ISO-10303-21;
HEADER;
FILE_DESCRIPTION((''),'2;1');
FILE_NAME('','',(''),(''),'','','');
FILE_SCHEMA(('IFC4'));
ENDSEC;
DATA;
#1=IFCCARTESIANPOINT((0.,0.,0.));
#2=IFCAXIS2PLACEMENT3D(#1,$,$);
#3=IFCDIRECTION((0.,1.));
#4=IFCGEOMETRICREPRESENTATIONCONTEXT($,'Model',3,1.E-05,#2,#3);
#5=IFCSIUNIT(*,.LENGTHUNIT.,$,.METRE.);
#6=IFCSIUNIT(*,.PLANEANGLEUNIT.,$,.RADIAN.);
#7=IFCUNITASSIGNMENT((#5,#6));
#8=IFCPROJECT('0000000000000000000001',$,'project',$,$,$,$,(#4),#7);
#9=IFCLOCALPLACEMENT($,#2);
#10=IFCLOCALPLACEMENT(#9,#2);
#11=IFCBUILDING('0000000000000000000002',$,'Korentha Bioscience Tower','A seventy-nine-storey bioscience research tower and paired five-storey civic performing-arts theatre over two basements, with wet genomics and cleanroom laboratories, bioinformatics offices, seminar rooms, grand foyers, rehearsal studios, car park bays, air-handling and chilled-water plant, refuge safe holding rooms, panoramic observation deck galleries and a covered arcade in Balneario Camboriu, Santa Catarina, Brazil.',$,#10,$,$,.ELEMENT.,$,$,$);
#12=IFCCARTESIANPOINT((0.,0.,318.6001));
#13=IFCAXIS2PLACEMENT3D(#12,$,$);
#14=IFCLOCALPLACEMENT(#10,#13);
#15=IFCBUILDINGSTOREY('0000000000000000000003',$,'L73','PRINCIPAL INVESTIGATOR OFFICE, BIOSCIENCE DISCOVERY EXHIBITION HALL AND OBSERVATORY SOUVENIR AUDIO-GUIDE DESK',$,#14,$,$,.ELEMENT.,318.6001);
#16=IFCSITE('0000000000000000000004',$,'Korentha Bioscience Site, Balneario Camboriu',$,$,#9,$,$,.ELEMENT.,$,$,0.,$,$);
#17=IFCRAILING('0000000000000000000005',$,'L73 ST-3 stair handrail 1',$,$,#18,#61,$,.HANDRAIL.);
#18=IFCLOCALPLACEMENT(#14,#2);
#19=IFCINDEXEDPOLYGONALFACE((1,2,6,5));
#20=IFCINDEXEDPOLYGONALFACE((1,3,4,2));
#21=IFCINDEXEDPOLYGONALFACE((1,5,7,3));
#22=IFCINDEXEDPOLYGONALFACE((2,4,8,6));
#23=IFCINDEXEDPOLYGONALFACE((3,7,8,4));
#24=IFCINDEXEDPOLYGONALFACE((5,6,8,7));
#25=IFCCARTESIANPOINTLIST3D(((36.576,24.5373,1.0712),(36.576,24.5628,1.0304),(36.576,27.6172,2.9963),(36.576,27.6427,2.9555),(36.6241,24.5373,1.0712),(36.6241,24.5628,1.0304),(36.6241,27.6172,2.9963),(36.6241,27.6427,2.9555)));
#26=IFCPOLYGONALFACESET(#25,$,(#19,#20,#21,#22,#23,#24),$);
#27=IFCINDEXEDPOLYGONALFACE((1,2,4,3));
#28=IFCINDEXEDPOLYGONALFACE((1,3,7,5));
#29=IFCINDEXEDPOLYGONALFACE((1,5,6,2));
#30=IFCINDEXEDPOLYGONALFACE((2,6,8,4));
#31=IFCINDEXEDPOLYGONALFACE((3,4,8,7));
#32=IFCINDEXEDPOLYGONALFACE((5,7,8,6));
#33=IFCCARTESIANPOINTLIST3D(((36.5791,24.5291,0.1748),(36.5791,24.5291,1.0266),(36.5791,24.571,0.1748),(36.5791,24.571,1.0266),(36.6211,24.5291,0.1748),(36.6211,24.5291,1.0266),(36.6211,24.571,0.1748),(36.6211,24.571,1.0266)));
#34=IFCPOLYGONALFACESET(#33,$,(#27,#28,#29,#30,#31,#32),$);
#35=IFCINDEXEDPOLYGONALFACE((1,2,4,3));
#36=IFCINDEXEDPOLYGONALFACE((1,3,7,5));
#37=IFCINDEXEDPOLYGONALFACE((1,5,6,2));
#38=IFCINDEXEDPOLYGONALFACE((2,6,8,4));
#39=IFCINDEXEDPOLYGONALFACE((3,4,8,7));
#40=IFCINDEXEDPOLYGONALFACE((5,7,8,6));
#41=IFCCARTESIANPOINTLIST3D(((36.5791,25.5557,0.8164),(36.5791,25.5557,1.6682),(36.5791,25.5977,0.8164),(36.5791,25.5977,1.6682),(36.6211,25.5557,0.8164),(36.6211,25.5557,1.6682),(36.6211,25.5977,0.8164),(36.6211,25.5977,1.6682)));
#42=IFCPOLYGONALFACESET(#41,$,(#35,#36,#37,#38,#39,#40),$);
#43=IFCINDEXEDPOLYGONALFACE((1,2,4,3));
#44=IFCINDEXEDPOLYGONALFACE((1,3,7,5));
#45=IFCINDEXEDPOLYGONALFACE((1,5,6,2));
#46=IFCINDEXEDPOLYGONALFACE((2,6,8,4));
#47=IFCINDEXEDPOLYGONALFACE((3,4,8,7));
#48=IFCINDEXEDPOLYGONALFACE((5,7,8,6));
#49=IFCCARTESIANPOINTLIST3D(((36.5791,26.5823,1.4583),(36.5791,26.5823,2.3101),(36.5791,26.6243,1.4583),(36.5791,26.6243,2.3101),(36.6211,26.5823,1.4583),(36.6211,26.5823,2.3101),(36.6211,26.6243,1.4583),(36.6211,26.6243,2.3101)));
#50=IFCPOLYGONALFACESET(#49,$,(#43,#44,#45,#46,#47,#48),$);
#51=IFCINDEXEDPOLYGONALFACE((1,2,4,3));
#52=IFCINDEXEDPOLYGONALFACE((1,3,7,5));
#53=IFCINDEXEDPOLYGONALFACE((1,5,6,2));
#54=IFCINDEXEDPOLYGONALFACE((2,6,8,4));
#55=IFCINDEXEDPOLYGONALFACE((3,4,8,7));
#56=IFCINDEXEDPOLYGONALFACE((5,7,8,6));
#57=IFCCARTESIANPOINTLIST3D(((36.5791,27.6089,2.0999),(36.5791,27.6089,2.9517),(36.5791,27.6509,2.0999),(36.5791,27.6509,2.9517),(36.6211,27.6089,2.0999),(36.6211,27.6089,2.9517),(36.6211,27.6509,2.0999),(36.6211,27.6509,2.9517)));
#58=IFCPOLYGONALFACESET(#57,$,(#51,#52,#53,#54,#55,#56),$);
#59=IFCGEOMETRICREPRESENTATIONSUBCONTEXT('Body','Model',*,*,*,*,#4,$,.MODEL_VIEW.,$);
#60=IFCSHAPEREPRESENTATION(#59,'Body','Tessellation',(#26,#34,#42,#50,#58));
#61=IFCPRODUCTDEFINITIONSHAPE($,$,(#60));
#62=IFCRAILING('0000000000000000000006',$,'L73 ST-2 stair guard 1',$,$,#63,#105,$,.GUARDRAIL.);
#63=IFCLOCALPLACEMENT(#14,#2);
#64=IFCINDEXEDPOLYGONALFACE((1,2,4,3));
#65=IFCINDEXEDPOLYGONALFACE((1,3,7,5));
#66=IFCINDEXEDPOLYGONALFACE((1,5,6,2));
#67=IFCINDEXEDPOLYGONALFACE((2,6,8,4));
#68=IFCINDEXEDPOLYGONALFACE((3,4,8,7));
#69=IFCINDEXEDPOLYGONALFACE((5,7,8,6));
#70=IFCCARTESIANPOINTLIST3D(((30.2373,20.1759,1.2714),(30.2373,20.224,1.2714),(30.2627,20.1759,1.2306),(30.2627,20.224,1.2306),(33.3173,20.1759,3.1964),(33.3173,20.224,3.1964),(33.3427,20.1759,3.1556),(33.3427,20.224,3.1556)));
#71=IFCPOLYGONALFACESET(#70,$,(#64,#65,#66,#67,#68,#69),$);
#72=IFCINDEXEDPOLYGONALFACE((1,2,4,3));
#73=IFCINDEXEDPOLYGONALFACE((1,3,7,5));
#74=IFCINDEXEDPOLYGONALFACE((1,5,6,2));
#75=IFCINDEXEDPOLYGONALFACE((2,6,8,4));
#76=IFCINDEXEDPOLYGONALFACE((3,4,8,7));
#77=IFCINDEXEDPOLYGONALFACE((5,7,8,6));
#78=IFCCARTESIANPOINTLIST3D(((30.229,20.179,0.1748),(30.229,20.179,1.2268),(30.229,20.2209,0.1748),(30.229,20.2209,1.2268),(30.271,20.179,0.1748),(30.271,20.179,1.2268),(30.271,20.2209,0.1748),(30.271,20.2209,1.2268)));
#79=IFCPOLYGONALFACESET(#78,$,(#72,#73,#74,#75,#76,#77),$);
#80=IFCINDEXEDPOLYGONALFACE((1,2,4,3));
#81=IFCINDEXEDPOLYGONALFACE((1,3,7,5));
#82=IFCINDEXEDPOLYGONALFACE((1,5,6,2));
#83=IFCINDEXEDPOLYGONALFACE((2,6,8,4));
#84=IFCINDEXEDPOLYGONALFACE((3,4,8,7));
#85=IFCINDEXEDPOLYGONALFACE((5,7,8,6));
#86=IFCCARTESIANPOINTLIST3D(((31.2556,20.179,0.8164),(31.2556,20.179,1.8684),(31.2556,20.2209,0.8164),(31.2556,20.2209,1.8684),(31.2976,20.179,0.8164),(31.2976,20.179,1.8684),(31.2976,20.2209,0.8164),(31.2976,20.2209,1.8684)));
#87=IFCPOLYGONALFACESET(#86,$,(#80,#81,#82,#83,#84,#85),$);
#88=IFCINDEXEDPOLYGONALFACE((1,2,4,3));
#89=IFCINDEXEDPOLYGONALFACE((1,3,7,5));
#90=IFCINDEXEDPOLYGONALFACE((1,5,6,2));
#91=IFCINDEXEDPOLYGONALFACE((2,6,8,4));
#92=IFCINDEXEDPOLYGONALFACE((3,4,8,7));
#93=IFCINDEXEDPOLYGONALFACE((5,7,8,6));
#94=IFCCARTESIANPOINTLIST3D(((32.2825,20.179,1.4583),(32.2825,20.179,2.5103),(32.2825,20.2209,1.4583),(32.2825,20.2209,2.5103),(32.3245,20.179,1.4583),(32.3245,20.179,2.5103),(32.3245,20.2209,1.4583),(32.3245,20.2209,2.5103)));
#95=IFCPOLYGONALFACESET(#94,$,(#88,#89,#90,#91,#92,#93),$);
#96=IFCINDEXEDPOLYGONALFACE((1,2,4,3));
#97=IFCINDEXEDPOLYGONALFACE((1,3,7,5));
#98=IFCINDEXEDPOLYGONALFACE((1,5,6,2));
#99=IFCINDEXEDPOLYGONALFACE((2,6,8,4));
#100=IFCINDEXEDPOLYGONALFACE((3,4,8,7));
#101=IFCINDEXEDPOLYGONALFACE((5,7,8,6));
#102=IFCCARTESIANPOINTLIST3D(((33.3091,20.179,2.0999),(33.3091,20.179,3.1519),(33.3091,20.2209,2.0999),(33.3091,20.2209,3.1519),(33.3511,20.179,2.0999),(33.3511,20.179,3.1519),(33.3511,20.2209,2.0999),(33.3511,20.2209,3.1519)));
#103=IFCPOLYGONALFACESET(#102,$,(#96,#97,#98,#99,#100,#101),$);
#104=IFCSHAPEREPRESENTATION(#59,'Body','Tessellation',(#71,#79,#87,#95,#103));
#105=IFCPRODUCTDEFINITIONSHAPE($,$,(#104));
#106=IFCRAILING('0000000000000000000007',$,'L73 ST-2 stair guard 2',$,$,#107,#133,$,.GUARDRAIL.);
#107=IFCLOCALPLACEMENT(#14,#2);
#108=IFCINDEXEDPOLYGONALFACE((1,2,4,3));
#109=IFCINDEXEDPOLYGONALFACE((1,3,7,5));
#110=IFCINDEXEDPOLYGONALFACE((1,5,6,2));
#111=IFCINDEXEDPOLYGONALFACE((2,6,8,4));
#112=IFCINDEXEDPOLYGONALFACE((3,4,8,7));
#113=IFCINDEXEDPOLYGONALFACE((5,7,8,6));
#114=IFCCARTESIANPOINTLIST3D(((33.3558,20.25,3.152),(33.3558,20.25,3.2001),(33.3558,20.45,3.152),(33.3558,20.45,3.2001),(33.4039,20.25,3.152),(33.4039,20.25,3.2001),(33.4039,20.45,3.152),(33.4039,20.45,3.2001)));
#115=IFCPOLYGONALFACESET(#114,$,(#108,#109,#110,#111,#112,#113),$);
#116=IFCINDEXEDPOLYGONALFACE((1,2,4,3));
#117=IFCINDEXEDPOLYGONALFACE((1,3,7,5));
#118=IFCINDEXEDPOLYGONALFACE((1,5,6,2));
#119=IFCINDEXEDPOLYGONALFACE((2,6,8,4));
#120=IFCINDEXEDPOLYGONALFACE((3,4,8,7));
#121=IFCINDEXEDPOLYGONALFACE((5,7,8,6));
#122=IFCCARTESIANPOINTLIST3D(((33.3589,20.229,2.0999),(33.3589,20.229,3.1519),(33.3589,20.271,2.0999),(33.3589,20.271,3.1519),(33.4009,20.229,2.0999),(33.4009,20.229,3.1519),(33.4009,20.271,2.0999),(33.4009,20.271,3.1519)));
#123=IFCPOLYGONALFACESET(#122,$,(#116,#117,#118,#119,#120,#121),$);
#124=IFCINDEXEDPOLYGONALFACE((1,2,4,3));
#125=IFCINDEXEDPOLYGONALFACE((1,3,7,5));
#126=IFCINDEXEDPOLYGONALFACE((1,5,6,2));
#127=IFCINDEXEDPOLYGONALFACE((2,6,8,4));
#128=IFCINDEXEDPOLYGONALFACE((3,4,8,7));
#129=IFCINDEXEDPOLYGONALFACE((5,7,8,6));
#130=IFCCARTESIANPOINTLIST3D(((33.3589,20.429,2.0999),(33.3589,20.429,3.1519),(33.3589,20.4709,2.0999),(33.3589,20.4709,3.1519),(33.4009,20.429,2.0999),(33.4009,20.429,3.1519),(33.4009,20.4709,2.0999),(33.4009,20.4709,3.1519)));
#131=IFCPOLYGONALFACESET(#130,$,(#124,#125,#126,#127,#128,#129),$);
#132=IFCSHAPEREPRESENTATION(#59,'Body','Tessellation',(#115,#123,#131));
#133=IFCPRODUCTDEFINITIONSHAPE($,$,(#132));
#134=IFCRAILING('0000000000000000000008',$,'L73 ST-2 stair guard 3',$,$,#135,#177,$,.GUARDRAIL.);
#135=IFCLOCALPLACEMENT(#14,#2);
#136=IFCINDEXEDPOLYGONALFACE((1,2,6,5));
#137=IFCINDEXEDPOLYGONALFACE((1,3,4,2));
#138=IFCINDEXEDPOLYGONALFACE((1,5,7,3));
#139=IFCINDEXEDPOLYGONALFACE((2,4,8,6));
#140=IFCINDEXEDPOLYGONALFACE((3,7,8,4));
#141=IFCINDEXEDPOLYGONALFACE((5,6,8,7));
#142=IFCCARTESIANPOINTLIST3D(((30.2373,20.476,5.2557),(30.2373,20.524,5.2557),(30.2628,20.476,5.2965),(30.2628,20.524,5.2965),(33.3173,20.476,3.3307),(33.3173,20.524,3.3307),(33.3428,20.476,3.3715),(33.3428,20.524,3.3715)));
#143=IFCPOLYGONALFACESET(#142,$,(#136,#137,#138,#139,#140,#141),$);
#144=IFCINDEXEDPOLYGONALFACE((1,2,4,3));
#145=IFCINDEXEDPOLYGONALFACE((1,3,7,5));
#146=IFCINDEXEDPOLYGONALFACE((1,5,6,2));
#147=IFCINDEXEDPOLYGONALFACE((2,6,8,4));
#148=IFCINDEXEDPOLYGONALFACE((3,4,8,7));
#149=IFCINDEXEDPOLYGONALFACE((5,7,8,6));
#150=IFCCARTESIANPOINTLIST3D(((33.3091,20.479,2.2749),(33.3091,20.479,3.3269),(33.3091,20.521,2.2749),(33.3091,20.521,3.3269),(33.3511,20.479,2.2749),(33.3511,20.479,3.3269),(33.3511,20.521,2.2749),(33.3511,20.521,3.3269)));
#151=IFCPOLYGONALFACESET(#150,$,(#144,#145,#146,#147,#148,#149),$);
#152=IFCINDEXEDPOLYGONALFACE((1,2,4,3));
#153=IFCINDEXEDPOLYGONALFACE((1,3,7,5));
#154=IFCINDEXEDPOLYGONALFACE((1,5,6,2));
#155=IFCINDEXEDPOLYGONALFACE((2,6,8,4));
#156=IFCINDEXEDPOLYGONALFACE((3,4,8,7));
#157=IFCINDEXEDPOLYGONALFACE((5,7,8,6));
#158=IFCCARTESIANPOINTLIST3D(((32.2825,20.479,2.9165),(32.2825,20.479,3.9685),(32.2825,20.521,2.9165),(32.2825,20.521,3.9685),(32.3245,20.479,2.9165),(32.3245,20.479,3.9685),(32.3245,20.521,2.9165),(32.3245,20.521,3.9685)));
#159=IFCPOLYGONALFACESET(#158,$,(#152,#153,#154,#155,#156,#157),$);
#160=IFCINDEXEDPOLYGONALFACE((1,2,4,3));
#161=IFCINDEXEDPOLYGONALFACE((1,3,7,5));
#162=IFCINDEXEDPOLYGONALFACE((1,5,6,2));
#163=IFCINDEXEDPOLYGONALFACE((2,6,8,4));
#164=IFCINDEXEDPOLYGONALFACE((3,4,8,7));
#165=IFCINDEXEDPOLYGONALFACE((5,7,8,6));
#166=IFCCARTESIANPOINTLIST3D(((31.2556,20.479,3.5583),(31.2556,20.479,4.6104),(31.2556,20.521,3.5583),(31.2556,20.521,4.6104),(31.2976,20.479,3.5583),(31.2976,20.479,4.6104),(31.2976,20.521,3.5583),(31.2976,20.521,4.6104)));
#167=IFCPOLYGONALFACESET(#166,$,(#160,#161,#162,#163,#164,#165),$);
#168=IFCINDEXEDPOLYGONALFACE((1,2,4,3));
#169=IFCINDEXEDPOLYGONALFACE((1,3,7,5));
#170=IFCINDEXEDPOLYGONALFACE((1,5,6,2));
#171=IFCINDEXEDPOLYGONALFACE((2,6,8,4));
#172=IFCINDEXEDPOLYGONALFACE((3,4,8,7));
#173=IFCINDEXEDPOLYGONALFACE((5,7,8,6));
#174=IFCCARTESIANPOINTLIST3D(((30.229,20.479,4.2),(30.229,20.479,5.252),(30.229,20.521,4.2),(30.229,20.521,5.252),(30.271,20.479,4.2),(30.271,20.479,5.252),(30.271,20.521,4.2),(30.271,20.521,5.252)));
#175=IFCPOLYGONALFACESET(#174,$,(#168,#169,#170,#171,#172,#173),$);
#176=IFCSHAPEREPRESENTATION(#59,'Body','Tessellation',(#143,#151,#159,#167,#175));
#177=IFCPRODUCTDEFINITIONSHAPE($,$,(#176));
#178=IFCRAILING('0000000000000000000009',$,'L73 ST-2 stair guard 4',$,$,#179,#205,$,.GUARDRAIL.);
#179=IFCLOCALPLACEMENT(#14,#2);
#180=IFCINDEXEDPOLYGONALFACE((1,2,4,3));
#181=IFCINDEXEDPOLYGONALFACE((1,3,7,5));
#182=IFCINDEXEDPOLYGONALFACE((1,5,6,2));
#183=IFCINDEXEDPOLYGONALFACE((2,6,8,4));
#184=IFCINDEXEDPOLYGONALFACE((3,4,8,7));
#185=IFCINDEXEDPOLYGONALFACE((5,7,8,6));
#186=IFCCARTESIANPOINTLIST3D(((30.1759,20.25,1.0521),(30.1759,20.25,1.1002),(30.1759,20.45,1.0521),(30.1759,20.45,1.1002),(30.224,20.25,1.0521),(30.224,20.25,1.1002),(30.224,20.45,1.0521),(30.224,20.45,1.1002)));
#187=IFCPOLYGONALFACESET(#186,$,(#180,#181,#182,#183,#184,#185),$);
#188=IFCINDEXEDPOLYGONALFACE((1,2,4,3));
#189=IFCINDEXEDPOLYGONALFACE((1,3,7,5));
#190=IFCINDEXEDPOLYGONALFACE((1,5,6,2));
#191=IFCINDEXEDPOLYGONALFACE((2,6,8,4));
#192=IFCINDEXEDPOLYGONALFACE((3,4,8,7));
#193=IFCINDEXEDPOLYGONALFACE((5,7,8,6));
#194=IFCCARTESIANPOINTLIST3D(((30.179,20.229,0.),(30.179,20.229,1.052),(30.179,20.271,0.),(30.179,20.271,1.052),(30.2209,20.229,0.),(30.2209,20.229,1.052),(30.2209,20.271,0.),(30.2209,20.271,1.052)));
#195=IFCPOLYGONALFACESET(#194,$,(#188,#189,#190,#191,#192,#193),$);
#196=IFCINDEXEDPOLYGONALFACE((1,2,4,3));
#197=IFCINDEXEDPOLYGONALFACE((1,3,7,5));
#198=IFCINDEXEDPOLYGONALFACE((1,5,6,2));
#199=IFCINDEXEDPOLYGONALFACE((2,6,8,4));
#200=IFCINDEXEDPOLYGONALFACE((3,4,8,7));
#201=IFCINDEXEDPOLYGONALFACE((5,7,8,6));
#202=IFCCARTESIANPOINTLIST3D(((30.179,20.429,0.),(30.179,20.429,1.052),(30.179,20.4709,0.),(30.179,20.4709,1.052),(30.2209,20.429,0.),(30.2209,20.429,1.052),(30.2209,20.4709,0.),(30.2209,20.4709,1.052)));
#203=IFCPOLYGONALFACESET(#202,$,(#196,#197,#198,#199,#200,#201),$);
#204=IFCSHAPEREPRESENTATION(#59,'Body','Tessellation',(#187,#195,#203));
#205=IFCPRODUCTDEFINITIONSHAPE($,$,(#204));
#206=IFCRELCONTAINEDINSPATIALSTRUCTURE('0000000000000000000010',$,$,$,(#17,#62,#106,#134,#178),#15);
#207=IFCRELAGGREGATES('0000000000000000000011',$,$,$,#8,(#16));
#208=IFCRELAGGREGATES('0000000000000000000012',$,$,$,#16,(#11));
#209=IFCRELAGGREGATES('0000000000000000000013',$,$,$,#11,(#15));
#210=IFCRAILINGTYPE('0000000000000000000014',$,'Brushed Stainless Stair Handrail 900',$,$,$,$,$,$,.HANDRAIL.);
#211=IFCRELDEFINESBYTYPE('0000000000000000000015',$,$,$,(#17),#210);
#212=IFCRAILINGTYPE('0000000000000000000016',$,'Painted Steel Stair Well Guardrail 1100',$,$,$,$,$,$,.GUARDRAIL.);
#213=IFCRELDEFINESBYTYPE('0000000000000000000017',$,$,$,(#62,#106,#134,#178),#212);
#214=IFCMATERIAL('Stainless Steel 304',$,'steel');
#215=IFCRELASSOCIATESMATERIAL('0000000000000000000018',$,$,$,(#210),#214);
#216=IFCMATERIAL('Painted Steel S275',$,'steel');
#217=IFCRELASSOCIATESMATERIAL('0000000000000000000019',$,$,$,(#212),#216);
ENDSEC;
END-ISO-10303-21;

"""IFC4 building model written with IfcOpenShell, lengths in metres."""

from ifc_helpers import new_model, si_unit, direction, frame, origin, origin_2d, place, context, subcontext, project, spatial, rectangle, extrude, material, type_object, element, save


model = new_model("IFC4")

# Units and contexts
model_context = context("Model", 3, precision=1e-05, world=origin(), true_north=direction((0.0, 1.0)))
body_context = subcontext(model_context, "Body", "Model", "MODEL_VIEW")
ifc_project = project(units=[si_unit("LENGTHUNIT", "METRE"), si_unit("PLANEANGLEUNIT", "RADIAN")], contexts=[model_context])

# Site, building, storey
site_placement = place(None, origin())
site = spatial("IfcSite", under=ifc_project, at=site_placement, Name="Korentha Bioscience Site, Balneario Camboriu", CompositionType="ELEMENT", RefElevation=0.0)
building_placement = place(site_placement, origin())
building = spatial("IfcBuilding", under=site, at=building_placement, Name="Korentha Bioscience Tower", Description="A seventy-nine-storey bioscience research tower and paired five-storey civic performing-arts theatre over two basements, with wet genomics and cleanroom laboratories, bioinformatics offices, seminar rooms, grand foyers, rehearsal studios, car park bays, air-handling and chilled-water plant, refuge safe holding rooms, panoramic observation deck galleries and a covered arcade in Balneario Camboriu, Santa Catarina, Brazil.", CompositionType="ELEMENT")
storey_placement = place(building_placement, frame((0.0, 0.0, 318.6001)))
storey = spatial("IfcBuildingStorey", under=building, at=storey_placement, Name="L73", Description="PRINCIPAL INVESTIGATOR OFFICE, BIOSCIENCE DISCOVERY EXHIBITION HALL AND OBSERVATORY SOUVENIR AUDIO-GUIDE DESK", CompositionType="ELEMENT", Elevation=318.6001)

# Railings
ifc_material_1 = material(Name="Stainless Steel 304", Category="steel")
railing_type_1 = type_object("IfcRailingType", Name="Brushed Stainless Stair Handrail 900", PredefinedType="HANDRAIL", material=ifc_material_1)
railing_1_placement = place(storey_placement, frame((36.6001, 24.55, 0.1748)))
element("IfcRailing", 1, at=railing_1_placement, inside=storey, type_object=railing_type_1, Name="L73 ST-3 stair handrail 1", PredefinedType="HANDRAIL", context=body_context, shape_type="SweptSolid", body=[
    extrude(rectangle(XDim=0.0481, YDim=0.0481, at=origin_2d()), frame((0.0, 0.0, 0.876), z_axis=(0.0, 0.847979, 0.530029), x_axis=(-1.0, 0.0, 0.0)), (0.0, 0.0, 1.0), 3.6321),
    extrude(rectangle(XDim=0.042, YDim=0.042, at=origin_2d()), origin(), (0.0, 0.0, 1.0), 0.8518),
    extrude(rectangle(XDim=0.042, YDim=0.042, at=origin_2d()), frame((0.0, 1.0266, 0.6416)), (0.0, 0.0, 1.0), 0.8518),
    extrude(rectangle(XDim=0.042, YDim=0.042, at=origin_2d()), frame((0.0, 2.0532, 1.2834)), (0.0, 0.0, 1.0), 0.8518),
    extrude(rectangle(XDim=0.042, YDim=0.042, at=origin_2d()), frame((0.0, 3.0798, 1.925)), (0.0, 0.0, 1.0), 0.8518),
])
ifc_material_2 = material(Name="Painted Steel S275", Category="steel")
railing_type_2 = type_object("IfcRailingType", Name="Painted Steel Stair Well Guardrail 1100", PredefinedType="GUARDRAIL", material=ifc_material_2)
railing_2_placement = place(storey_placement, frame((30.25, 20.2, 0.1748)))
element("IfcRailing", 2, at=railing_2_placement, inside=storey, type_object=railing_type_2, Name="L73 ST-2 stair guard 1", PredefinedType="GUARDRAIL", context=body_context, shape_type="SweptSolid", body=[
    extrude(rectangle(XDim=0.0481, YDim=0.0481, at=origin_2d()), frame((0.0, 0.0, 1.0762), z_axis=(0.847998, 0.0, 0.529999), x_axis=(0.0, 1.0, 0.0)), (0.0, 0.0, 1.0), 3.6321),
    extrude(rectangle(XDim=0.042, YDim=0.042, at=origin_2d()), origin(), (0.0, 0.0, 1.0), 1.052),
    extrude(rectangle(XDim=0.042, YDim=0.042, at=origin_2d()), frame((1.0266, 0.0, 0.6416)), (0.0, 0.0, 1.0), 1.052),
    extrude(rectangle(XDim=0.042, YDim=0.042, at=origin_2d()), frame((2.0535, 0.0, 1.2834)), (0.0, 0.0, 1.0), 1.052),
    extrude(rectangle(XDim=0.042, YDim=0.042, at=origin_2d()), frame((3.0801, 0.0, 1.925)), (0.0, 0.0, 1.0), 1.052),
])
railing_3_placement = place(storey_placement, frame((33.3799, 20.25, 2.0999)))
element("IfcRailing", 3, at=railing_3_placement, inside=storey, type_object=railing_type_2, Name="L73 ST-2 stair guard 2", PredefinedType="GUARDRAIL", context=body_context, shape_type="SweptSolid", body=[
    extrude(rectangle(XDim=0.0481, YDim=0.0481, at=origin_2d()), frame((0.0, 0.0, 1.0762), z_axis=(0.0, 1.0, 0.0), x_axis=(-1.0, 0.0, 0.0)), (0.0, 0.0, 1.0), 0.2),
    extrude(rectangle(XDim=0.042, YDim=0.042, at=origin_2d()), origin(), (0.0, 0.0, 1.0), 1.052),
    extrude(rectangle(XDim=0.042, YDim=0.042, at=origin_2d()), frame((0.0, 0.2, 0.0)), (0.0, 0.0, 1.0), 1.052),
])
railing_4_placement = place(storey_placement, frame((33.3301, 20.5, 2.2749)))
element("IfcRailing", 4, at=railing_4_placement, inside=storey, type_object=railing_type_2, Name="L73 ST-2 stair guard 3", PredefinedType="GUARDRAIL", context=body_context, shape_type="SweptSolid", body=[
    extrude(rectangle(XDim=0.0481, YDim=0.0481, at=origin_2d()), frame((0.0, 0.0, 1.0762), z_axis=(-0.847998, 0.0, 0.529999), x_axis=(0.0, -1.0, 0.0)), (0.0, 0.0, 1.0), 3.6321),
    extrude(rectangle(XDim=0.042, YDim=0.042, at=origin_2d()), origin(), (0.0, 0.0, 1.0), 1.052),
    extrude(rectangle(XDim=0.042, YDim=0.042, at=origin_2d()), frame((-1.0266, 0.0, 0.6416)), (0.0, 0.0, 1.0), 1.052),
    extrude(rectangle(XDim=0.042, YDim=0.042, at=origin_2d()), frame((-2.0535, 0.0, 1.2834)), (0.0, 0.0, 1.0), 1.052),
    extrude(rectangle(XDim=0.042, YDim=0.042, at=origin_2d()), frame((-3.0801, 0.0, 1.925)), (0.0, 0.0, 1.0), 1.052),
])
railing_5_placement = place(storey_placement, frame((30.2, 20.25, 0.0)))
element("IfcRailing", 5, at=railing_5_placement, inside=storey, type_object=railing_type_2, Name="L73 ST-2 stair guard 4", PredefinedType="GUARDRAIL", context=body_context, shape_type="SweptSolid", body=[
    extrude(rectangle(XDim=0.0481, YDim=0.0481, at=origin_2d()), frame((0.0, 0.0, 1.0762), z_axis=(0.0, 1.0, 0.0), x_axis=(-1.0, 0.0, 0.0)), (0.0, 0.0, 1.0), 0.2),
    extrude(rectangle(XDim=0.042, YDim=0.042, at=origin_2d()), origin(), (0.0, 0.0, 1.0), 1.052),
    extrude(rectangle(XDim=0.042, YDim=0.042, at=origin_2d()), frame((0.0, 0.2, 0.0)), (0.0, 0.0, 1.0), 1.052),
])

save(model, "model.ifc")
